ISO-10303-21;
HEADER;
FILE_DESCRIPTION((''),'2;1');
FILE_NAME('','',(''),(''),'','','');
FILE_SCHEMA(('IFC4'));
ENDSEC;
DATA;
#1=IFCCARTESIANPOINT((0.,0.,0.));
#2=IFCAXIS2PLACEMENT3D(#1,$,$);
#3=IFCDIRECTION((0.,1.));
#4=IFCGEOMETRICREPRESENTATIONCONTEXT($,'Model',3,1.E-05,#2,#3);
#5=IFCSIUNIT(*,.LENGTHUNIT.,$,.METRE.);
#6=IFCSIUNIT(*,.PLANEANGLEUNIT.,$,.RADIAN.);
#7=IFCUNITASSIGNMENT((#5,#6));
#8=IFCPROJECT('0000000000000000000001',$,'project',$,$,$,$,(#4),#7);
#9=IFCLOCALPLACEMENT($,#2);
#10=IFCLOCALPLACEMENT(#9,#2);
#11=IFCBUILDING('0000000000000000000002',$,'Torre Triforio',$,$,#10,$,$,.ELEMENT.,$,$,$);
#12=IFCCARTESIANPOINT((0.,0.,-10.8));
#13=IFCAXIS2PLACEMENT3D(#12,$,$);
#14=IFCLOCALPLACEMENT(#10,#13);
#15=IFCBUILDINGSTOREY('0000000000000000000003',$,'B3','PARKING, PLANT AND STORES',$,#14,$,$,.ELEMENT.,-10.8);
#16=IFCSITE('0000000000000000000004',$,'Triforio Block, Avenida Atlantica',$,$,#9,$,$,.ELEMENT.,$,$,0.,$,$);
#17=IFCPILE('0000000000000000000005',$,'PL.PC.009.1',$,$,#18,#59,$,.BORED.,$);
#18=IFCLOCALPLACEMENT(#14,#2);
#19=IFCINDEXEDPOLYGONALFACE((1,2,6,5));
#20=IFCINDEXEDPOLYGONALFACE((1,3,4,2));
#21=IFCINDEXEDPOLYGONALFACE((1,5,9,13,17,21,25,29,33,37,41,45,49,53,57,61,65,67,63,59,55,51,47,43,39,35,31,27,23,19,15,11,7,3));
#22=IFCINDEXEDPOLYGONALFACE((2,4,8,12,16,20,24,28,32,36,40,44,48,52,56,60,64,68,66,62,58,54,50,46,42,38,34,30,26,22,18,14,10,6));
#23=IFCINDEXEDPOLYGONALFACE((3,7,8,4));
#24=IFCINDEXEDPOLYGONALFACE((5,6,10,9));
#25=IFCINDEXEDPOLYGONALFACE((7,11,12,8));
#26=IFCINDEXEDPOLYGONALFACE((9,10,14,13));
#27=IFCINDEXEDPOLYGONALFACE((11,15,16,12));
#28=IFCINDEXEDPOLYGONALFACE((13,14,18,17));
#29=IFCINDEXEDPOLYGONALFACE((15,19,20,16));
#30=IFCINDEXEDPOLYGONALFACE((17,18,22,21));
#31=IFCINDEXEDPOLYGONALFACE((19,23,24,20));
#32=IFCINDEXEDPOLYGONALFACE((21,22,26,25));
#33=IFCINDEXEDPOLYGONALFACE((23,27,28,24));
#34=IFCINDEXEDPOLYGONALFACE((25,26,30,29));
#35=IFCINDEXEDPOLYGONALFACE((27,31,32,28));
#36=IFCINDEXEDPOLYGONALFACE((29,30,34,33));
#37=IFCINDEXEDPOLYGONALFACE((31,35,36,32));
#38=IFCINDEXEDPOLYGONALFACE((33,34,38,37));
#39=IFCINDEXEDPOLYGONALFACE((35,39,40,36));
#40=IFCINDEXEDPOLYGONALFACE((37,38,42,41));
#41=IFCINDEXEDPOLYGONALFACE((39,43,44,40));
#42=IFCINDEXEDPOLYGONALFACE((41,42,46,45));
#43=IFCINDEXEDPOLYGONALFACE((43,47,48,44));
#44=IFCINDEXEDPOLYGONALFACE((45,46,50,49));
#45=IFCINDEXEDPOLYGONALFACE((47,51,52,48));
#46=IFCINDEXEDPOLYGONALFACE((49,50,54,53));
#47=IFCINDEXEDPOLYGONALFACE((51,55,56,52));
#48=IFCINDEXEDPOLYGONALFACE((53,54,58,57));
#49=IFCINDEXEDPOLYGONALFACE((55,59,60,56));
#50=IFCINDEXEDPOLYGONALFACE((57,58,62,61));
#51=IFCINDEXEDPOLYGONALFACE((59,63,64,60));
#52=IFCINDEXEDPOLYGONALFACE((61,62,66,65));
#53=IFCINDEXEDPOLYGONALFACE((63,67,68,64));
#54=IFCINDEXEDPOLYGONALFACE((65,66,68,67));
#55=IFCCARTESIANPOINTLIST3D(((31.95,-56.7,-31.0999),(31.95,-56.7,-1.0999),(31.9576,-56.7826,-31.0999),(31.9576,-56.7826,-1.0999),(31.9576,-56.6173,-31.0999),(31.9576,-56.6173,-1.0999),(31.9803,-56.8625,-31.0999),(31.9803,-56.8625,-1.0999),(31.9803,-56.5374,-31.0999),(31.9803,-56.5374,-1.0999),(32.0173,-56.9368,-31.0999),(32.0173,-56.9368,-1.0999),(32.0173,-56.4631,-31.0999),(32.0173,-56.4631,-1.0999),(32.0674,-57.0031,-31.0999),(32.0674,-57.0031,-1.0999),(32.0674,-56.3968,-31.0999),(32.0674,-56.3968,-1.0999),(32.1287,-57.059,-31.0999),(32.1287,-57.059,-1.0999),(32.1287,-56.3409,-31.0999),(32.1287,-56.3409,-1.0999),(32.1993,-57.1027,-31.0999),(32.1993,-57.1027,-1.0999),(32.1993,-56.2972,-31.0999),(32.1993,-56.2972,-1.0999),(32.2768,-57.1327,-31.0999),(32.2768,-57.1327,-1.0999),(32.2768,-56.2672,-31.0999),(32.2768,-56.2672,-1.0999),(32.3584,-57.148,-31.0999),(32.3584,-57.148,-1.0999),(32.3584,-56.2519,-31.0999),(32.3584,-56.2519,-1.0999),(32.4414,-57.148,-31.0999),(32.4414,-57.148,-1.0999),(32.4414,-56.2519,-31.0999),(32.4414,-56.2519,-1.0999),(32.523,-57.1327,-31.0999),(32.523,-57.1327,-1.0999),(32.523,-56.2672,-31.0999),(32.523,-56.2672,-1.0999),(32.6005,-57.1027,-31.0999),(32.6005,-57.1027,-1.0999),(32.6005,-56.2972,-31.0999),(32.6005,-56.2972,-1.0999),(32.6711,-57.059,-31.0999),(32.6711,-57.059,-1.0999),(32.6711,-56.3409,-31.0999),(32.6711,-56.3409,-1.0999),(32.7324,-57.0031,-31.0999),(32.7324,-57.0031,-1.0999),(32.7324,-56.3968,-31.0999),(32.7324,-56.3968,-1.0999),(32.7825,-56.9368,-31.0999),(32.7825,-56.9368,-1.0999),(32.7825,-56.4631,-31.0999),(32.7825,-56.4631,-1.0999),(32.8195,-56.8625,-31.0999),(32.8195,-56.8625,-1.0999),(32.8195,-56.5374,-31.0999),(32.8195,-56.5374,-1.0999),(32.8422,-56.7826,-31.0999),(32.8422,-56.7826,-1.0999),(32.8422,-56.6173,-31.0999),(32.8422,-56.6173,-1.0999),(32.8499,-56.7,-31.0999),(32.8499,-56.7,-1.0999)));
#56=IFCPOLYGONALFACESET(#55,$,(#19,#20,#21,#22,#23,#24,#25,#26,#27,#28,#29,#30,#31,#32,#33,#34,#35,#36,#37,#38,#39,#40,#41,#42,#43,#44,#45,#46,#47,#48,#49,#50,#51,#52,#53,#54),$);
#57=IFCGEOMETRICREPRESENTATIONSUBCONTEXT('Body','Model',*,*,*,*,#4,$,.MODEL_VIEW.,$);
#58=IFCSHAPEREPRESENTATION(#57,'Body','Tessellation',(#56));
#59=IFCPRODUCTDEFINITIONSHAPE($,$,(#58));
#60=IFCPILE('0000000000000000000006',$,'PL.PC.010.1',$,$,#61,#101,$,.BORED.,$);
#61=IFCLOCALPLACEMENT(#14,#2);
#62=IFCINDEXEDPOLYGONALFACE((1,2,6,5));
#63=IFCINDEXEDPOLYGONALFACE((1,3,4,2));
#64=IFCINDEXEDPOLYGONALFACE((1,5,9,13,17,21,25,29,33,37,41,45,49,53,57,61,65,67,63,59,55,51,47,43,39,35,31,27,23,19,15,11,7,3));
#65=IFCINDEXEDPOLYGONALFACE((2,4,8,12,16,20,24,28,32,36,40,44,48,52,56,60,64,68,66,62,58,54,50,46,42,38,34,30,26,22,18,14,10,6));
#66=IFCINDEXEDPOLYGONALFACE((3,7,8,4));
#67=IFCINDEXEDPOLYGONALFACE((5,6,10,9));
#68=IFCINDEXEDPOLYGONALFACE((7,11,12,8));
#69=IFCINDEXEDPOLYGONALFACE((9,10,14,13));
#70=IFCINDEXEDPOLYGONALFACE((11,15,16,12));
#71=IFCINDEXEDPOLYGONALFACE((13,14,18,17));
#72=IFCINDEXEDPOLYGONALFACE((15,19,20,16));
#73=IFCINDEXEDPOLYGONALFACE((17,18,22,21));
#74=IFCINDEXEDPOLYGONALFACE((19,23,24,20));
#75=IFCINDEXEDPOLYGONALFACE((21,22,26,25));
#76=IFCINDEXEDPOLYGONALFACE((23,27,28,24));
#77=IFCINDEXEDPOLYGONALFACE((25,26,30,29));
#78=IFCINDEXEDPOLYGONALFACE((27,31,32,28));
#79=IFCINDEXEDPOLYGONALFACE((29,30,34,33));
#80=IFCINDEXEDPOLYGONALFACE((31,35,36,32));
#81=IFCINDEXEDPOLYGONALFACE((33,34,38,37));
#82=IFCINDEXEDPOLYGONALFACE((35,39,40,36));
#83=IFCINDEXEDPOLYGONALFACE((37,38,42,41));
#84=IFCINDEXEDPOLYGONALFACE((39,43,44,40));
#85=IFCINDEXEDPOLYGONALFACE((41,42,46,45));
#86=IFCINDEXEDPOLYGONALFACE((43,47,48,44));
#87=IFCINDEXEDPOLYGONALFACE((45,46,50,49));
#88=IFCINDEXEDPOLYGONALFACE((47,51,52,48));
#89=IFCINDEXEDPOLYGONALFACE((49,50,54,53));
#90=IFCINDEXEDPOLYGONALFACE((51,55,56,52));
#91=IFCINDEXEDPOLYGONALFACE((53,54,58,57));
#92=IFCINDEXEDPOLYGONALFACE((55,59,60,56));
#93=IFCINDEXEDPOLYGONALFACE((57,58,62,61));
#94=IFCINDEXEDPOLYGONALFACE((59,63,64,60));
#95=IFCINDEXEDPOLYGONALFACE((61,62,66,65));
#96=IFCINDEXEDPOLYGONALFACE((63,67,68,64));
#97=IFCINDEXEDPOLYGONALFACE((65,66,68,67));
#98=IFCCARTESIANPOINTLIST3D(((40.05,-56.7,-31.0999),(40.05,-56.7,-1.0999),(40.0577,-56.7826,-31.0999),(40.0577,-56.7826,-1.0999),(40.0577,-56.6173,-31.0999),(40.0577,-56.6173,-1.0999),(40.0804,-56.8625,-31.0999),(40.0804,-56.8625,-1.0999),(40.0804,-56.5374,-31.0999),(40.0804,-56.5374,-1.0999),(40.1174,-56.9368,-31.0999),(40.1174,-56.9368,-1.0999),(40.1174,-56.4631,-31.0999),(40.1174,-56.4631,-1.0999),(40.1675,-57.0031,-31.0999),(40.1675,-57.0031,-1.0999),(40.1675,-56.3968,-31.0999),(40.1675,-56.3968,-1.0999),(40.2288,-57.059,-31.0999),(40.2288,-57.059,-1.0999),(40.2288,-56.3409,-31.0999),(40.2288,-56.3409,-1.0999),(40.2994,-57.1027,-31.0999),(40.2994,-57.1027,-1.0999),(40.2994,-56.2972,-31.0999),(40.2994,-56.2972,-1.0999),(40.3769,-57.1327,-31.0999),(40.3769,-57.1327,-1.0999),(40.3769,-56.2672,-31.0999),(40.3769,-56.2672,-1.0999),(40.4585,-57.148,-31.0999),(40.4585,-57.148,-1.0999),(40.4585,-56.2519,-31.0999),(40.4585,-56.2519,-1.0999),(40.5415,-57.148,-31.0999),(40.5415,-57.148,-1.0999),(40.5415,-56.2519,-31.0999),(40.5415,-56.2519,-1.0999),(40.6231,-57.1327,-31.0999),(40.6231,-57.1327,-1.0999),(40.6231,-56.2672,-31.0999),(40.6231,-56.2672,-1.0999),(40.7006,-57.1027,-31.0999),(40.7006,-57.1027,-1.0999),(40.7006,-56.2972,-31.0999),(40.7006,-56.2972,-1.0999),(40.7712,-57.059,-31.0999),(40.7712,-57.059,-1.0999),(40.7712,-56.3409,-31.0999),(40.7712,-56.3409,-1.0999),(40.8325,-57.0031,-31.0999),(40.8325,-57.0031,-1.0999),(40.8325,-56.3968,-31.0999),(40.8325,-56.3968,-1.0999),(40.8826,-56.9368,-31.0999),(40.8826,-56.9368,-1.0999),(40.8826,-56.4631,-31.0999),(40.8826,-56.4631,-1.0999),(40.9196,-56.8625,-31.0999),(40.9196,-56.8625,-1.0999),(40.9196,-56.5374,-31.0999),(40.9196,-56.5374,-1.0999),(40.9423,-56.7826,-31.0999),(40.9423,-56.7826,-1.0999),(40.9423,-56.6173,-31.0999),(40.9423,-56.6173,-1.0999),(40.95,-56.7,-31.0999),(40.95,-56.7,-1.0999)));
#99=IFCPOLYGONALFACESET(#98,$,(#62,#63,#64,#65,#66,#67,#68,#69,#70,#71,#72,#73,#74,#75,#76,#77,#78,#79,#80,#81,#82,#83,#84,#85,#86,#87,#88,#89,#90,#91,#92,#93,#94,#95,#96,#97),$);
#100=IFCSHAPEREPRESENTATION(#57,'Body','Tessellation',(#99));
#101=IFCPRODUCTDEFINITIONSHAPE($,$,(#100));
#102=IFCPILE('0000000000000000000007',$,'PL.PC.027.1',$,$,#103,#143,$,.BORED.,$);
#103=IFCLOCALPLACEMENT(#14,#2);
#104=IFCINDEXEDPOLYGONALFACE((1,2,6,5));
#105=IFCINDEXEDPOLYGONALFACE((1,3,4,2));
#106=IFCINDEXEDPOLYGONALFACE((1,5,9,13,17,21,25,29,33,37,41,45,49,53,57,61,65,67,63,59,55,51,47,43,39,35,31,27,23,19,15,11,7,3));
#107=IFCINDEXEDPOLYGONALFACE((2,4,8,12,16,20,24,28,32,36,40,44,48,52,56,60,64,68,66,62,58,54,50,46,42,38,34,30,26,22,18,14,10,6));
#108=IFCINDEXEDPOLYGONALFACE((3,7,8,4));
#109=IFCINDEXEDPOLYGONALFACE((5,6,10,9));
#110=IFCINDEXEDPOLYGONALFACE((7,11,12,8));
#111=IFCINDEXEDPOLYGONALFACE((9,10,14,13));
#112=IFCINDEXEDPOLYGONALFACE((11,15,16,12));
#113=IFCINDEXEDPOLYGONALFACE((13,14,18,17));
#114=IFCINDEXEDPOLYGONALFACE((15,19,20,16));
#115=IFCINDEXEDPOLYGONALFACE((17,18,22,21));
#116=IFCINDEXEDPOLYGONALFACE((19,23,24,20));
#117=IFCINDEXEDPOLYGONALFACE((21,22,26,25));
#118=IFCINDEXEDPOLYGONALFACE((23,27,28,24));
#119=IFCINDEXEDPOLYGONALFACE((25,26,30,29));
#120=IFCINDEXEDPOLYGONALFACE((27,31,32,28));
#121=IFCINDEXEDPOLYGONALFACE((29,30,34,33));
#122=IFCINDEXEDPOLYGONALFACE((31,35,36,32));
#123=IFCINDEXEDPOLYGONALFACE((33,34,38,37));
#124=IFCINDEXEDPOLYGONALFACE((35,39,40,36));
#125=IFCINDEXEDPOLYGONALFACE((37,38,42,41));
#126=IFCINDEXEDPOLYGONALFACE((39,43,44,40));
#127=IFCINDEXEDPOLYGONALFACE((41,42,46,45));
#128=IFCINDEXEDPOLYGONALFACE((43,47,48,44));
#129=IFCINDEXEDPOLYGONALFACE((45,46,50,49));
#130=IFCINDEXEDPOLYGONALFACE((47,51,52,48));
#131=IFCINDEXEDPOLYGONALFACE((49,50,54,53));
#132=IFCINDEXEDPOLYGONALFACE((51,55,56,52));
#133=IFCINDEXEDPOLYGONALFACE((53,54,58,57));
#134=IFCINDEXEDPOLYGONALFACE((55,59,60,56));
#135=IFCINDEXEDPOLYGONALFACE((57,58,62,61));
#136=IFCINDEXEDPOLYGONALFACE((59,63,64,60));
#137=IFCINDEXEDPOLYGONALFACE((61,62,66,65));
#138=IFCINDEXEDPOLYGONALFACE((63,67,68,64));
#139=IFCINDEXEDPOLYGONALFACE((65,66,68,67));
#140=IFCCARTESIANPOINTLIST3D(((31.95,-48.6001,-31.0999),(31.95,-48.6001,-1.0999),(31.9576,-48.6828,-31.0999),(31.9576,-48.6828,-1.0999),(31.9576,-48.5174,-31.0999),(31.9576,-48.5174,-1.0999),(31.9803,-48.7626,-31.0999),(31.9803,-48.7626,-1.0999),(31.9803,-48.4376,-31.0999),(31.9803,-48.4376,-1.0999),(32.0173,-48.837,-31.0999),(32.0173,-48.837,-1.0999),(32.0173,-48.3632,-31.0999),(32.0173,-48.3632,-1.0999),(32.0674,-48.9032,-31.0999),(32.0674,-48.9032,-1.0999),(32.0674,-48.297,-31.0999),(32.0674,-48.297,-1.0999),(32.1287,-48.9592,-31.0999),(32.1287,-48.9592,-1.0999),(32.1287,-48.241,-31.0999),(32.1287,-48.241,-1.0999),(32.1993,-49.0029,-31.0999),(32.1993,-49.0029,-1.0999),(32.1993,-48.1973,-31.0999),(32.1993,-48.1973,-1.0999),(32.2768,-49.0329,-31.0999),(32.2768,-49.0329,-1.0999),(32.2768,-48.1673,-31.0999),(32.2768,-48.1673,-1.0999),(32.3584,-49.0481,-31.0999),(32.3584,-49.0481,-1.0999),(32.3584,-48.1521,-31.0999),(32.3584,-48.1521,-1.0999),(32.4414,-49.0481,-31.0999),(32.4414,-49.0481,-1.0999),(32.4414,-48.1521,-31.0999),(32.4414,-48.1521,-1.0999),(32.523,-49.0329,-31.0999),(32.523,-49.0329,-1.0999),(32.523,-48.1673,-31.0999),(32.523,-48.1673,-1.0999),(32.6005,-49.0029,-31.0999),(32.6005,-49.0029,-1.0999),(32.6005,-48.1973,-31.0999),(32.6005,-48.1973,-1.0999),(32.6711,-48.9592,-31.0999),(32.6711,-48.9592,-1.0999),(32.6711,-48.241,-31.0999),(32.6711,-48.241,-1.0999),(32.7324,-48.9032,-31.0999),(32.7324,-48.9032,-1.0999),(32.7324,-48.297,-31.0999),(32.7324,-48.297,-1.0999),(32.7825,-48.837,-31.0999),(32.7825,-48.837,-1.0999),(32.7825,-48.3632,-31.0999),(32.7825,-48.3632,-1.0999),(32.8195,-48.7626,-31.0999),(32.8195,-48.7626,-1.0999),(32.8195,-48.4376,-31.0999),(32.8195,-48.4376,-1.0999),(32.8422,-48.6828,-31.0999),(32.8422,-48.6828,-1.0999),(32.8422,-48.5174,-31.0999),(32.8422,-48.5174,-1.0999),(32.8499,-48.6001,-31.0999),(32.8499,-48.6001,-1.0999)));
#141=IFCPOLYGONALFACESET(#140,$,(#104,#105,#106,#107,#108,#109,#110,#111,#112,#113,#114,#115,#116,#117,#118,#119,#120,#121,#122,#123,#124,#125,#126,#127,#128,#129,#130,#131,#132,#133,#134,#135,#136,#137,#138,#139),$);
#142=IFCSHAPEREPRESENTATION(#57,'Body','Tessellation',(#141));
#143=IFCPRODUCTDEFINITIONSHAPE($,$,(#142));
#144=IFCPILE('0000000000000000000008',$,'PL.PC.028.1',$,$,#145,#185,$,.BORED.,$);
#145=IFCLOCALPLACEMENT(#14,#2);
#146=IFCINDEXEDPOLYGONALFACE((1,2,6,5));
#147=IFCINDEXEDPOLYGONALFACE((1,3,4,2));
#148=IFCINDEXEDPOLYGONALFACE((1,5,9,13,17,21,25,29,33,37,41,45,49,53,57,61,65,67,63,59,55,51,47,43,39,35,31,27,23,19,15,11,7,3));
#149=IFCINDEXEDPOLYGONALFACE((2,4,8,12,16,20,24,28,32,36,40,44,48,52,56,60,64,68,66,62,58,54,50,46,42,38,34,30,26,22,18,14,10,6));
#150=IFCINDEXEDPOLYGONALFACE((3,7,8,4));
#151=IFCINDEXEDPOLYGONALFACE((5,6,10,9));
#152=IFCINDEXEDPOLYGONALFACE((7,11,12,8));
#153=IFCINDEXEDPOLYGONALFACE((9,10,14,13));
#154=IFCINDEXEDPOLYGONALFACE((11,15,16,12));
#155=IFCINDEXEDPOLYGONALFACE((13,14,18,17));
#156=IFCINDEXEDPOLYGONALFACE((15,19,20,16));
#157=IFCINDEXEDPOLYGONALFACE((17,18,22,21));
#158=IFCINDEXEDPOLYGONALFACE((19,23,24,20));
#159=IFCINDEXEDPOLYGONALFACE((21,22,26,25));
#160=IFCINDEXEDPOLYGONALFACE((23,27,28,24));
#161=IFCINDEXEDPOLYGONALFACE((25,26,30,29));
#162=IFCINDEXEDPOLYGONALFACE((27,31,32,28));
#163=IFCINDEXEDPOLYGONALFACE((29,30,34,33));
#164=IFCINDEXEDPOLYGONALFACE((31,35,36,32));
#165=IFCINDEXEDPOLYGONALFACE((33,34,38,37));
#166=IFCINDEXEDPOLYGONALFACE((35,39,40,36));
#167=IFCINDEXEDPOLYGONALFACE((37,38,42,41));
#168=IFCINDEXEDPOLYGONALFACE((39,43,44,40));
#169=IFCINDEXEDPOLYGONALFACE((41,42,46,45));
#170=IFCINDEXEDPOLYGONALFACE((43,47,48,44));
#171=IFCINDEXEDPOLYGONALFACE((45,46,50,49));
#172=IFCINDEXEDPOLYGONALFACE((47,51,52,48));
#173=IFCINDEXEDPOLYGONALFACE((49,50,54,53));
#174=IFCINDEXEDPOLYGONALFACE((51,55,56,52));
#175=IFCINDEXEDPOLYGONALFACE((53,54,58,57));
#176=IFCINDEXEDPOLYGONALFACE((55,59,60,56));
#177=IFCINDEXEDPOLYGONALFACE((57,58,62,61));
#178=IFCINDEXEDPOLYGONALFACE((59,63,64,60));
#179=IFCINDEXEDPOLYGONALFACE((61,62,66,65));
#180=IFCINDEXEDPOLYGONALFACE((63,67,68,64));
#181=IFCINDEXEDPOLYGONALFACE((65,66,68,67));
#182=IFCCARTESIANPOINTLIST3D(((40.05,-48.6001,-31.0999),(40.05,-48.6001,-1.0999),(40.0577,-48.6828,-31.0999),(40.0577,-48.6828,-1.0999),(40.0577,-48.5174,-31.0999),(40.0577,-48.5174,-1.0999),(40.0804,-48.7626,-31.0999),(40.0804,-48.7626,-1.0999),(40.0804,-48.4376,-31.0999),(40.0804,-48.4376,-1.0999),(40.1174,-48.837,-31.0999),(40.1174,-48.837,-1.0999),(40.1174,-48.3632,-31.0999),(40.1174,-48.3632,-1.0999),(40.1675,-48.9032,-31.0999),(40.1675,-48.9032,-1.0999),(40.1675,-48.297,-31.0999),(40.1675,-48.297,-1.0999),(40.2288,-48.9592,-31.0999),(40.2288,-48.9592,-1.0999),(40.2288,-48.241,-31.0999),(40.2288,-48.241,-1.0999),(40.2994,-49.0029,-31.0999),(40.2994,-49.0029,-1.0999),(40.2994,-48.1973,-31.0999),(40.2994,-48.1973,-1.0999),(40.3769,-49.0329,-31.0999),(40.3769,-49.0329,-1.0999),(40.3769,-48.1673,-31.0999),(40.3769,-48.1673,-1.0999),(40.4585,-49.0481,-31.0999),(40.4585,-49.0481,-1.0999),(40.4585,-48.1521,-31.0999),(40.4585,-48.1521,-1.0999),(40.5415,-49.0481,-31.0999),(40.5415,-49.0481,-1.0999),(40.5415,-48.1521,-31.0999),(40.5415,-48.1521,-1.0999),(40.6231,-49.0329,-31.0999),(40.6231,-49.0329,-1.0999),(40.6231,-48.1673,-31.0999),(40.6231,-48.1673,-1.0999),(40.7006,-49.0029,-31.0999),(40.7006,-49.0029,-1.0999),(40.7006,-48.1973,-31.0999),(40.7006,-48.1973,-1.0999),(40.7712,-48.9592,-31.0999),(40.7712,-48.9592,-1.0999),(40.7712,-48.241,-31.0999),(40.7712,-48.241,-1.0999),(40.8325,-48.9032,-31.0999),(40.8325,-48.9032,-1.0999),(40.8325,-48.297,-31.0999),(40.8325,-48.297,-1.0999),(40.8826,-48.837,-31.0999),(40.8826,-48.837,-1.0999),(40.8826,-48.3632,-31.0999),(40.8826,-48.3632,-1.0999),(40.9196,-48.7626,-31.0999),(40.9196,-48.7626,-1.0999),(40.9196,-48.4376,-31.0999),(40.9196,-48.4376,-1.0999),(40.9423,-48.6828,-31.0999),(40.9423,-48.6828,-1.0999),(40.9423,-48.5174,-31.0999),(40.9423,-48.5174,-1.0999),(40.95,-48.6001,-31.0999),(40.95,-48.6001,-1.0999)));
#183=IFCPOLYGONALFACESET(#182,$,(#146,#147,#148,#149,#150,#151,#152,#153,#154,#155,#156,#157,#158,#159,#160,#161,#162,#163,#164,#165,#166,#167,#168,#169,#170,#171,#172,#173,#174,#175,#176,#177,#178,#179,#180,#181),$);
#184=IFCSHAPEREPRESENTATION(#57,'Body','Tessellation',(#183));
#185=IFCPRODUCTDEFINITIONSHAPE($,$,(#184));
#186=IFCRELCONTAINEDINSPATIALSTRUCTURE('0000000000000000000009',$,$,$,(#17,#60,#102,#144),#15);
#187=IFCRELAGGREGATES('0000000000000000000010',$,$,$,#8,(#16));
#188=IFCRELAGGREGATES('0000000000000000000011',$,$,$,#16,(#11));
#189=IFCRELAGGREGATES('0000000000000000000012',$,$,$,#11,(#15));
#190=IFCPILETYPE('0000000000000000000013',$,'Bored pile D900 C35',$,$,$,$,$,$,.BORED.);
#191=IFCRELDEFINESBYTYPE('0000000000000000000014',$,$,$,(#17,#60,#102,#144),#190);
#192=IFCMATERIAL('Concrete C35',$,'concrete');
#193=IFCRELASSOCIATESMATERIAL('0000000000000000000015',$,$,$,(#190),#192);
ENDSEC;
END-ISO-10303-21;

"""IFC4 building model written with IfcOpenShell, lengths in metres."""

from ifc_helpers import new_model, si_unit, direction, frame, origin, origin_2d, place, context, subcontext, project, spatial, circle, extrude, material, material_profile, profile_set, type_object, element, save


model = new_model("IFC4")

# Units and contexts
model_context = context("Model", 3, precision=1e-05, world=origin(), true_north=direction((0.0, 1.0)))
body_context = subcontext(model_context, "Body", "Model", "MODEL_VIEW")
ifc_project = project(units=[si_unit("LENGTHUNIT", "METRE"), si_unit("PLANEANGLEUNIT", "RADIAN")], contexts=[model_context])

# Site, building, storey
site_placement = place(None, origin())
site = spatial("IfcSite", under=ifc_project, at=site_placement, Name="Triforio Block, Avenida Atlantica", CompositionType="ELEMENT", RefElevation=0.0)
building_placement = place(site_placement, origin())
building = spatial("IfcBuilding", under=site, at=building_placement, Name="Torre Triforio", CompositionType="ELEMENT")
storey_placement = place(building_placement, frame((0.0, 0.0, -10.8)))
storey = spatial("IfcBuildingStorey", under=building, at=storey_placement, Name="B3", Description="PARKING, PLANT AND STORES", CompositionType="ELEMENT", Elevation=-10.8)

# Piles
ifc_material_1 = material(Name="Concrete C35", Category="concrete")
ifc_material_profile_1 = material_profile(ifc_material_1, circle(Radius=0.45, at=origin_2d()), Name="RC D900")
ifc_profile_set_1 = profile_set([ifc_material_profile_1], Name="Concrete C35")
pile_type = type_object("IfcPileType", Name="Bored pile D900 C35", PredefinedType="BORED", material=ifc_profile_set_1)
for number, where, z_axis, x_axis, name in (
    (1, (32.3999, -56.7, -1.0999), (0.0, 0.0, -1.0), (1.0, 0.0, 0.0), "PL.PC.009.1"),
    (2, (40.5, -56.7, -1.0999), (0.0, 0.0, -1.0), (1.0, 0.0, 0.0), "PL.PC.010.1"),
    (3, (32.3999, -48.6001, -1.0999), (0.0, 0.0, -1.0), (1.0, 0.0, 0.0), "PL.PC.027.1"),
    (4, (40.5, -48.6001, -1.0999), (0.0, 0.0, -1.0), (1.0, 0.0, 0.0), "PL.PC.028.1"),
):
    element("IfcPile", number, at=place(storey_placement, frame(where, z_axis=z_axis, x_axis=x_axis)), inside=storey, type_object=pile_type, Name=name, PredefinedType="BORED", context=body_context, shape_type="SweptSolid", body=[
        extrude(circle(Radius=0.45, at=origin_2d()), origin(), (0.0, 0.0, 1.0), 30.0),
    ])

save(model, "model.ifc")
